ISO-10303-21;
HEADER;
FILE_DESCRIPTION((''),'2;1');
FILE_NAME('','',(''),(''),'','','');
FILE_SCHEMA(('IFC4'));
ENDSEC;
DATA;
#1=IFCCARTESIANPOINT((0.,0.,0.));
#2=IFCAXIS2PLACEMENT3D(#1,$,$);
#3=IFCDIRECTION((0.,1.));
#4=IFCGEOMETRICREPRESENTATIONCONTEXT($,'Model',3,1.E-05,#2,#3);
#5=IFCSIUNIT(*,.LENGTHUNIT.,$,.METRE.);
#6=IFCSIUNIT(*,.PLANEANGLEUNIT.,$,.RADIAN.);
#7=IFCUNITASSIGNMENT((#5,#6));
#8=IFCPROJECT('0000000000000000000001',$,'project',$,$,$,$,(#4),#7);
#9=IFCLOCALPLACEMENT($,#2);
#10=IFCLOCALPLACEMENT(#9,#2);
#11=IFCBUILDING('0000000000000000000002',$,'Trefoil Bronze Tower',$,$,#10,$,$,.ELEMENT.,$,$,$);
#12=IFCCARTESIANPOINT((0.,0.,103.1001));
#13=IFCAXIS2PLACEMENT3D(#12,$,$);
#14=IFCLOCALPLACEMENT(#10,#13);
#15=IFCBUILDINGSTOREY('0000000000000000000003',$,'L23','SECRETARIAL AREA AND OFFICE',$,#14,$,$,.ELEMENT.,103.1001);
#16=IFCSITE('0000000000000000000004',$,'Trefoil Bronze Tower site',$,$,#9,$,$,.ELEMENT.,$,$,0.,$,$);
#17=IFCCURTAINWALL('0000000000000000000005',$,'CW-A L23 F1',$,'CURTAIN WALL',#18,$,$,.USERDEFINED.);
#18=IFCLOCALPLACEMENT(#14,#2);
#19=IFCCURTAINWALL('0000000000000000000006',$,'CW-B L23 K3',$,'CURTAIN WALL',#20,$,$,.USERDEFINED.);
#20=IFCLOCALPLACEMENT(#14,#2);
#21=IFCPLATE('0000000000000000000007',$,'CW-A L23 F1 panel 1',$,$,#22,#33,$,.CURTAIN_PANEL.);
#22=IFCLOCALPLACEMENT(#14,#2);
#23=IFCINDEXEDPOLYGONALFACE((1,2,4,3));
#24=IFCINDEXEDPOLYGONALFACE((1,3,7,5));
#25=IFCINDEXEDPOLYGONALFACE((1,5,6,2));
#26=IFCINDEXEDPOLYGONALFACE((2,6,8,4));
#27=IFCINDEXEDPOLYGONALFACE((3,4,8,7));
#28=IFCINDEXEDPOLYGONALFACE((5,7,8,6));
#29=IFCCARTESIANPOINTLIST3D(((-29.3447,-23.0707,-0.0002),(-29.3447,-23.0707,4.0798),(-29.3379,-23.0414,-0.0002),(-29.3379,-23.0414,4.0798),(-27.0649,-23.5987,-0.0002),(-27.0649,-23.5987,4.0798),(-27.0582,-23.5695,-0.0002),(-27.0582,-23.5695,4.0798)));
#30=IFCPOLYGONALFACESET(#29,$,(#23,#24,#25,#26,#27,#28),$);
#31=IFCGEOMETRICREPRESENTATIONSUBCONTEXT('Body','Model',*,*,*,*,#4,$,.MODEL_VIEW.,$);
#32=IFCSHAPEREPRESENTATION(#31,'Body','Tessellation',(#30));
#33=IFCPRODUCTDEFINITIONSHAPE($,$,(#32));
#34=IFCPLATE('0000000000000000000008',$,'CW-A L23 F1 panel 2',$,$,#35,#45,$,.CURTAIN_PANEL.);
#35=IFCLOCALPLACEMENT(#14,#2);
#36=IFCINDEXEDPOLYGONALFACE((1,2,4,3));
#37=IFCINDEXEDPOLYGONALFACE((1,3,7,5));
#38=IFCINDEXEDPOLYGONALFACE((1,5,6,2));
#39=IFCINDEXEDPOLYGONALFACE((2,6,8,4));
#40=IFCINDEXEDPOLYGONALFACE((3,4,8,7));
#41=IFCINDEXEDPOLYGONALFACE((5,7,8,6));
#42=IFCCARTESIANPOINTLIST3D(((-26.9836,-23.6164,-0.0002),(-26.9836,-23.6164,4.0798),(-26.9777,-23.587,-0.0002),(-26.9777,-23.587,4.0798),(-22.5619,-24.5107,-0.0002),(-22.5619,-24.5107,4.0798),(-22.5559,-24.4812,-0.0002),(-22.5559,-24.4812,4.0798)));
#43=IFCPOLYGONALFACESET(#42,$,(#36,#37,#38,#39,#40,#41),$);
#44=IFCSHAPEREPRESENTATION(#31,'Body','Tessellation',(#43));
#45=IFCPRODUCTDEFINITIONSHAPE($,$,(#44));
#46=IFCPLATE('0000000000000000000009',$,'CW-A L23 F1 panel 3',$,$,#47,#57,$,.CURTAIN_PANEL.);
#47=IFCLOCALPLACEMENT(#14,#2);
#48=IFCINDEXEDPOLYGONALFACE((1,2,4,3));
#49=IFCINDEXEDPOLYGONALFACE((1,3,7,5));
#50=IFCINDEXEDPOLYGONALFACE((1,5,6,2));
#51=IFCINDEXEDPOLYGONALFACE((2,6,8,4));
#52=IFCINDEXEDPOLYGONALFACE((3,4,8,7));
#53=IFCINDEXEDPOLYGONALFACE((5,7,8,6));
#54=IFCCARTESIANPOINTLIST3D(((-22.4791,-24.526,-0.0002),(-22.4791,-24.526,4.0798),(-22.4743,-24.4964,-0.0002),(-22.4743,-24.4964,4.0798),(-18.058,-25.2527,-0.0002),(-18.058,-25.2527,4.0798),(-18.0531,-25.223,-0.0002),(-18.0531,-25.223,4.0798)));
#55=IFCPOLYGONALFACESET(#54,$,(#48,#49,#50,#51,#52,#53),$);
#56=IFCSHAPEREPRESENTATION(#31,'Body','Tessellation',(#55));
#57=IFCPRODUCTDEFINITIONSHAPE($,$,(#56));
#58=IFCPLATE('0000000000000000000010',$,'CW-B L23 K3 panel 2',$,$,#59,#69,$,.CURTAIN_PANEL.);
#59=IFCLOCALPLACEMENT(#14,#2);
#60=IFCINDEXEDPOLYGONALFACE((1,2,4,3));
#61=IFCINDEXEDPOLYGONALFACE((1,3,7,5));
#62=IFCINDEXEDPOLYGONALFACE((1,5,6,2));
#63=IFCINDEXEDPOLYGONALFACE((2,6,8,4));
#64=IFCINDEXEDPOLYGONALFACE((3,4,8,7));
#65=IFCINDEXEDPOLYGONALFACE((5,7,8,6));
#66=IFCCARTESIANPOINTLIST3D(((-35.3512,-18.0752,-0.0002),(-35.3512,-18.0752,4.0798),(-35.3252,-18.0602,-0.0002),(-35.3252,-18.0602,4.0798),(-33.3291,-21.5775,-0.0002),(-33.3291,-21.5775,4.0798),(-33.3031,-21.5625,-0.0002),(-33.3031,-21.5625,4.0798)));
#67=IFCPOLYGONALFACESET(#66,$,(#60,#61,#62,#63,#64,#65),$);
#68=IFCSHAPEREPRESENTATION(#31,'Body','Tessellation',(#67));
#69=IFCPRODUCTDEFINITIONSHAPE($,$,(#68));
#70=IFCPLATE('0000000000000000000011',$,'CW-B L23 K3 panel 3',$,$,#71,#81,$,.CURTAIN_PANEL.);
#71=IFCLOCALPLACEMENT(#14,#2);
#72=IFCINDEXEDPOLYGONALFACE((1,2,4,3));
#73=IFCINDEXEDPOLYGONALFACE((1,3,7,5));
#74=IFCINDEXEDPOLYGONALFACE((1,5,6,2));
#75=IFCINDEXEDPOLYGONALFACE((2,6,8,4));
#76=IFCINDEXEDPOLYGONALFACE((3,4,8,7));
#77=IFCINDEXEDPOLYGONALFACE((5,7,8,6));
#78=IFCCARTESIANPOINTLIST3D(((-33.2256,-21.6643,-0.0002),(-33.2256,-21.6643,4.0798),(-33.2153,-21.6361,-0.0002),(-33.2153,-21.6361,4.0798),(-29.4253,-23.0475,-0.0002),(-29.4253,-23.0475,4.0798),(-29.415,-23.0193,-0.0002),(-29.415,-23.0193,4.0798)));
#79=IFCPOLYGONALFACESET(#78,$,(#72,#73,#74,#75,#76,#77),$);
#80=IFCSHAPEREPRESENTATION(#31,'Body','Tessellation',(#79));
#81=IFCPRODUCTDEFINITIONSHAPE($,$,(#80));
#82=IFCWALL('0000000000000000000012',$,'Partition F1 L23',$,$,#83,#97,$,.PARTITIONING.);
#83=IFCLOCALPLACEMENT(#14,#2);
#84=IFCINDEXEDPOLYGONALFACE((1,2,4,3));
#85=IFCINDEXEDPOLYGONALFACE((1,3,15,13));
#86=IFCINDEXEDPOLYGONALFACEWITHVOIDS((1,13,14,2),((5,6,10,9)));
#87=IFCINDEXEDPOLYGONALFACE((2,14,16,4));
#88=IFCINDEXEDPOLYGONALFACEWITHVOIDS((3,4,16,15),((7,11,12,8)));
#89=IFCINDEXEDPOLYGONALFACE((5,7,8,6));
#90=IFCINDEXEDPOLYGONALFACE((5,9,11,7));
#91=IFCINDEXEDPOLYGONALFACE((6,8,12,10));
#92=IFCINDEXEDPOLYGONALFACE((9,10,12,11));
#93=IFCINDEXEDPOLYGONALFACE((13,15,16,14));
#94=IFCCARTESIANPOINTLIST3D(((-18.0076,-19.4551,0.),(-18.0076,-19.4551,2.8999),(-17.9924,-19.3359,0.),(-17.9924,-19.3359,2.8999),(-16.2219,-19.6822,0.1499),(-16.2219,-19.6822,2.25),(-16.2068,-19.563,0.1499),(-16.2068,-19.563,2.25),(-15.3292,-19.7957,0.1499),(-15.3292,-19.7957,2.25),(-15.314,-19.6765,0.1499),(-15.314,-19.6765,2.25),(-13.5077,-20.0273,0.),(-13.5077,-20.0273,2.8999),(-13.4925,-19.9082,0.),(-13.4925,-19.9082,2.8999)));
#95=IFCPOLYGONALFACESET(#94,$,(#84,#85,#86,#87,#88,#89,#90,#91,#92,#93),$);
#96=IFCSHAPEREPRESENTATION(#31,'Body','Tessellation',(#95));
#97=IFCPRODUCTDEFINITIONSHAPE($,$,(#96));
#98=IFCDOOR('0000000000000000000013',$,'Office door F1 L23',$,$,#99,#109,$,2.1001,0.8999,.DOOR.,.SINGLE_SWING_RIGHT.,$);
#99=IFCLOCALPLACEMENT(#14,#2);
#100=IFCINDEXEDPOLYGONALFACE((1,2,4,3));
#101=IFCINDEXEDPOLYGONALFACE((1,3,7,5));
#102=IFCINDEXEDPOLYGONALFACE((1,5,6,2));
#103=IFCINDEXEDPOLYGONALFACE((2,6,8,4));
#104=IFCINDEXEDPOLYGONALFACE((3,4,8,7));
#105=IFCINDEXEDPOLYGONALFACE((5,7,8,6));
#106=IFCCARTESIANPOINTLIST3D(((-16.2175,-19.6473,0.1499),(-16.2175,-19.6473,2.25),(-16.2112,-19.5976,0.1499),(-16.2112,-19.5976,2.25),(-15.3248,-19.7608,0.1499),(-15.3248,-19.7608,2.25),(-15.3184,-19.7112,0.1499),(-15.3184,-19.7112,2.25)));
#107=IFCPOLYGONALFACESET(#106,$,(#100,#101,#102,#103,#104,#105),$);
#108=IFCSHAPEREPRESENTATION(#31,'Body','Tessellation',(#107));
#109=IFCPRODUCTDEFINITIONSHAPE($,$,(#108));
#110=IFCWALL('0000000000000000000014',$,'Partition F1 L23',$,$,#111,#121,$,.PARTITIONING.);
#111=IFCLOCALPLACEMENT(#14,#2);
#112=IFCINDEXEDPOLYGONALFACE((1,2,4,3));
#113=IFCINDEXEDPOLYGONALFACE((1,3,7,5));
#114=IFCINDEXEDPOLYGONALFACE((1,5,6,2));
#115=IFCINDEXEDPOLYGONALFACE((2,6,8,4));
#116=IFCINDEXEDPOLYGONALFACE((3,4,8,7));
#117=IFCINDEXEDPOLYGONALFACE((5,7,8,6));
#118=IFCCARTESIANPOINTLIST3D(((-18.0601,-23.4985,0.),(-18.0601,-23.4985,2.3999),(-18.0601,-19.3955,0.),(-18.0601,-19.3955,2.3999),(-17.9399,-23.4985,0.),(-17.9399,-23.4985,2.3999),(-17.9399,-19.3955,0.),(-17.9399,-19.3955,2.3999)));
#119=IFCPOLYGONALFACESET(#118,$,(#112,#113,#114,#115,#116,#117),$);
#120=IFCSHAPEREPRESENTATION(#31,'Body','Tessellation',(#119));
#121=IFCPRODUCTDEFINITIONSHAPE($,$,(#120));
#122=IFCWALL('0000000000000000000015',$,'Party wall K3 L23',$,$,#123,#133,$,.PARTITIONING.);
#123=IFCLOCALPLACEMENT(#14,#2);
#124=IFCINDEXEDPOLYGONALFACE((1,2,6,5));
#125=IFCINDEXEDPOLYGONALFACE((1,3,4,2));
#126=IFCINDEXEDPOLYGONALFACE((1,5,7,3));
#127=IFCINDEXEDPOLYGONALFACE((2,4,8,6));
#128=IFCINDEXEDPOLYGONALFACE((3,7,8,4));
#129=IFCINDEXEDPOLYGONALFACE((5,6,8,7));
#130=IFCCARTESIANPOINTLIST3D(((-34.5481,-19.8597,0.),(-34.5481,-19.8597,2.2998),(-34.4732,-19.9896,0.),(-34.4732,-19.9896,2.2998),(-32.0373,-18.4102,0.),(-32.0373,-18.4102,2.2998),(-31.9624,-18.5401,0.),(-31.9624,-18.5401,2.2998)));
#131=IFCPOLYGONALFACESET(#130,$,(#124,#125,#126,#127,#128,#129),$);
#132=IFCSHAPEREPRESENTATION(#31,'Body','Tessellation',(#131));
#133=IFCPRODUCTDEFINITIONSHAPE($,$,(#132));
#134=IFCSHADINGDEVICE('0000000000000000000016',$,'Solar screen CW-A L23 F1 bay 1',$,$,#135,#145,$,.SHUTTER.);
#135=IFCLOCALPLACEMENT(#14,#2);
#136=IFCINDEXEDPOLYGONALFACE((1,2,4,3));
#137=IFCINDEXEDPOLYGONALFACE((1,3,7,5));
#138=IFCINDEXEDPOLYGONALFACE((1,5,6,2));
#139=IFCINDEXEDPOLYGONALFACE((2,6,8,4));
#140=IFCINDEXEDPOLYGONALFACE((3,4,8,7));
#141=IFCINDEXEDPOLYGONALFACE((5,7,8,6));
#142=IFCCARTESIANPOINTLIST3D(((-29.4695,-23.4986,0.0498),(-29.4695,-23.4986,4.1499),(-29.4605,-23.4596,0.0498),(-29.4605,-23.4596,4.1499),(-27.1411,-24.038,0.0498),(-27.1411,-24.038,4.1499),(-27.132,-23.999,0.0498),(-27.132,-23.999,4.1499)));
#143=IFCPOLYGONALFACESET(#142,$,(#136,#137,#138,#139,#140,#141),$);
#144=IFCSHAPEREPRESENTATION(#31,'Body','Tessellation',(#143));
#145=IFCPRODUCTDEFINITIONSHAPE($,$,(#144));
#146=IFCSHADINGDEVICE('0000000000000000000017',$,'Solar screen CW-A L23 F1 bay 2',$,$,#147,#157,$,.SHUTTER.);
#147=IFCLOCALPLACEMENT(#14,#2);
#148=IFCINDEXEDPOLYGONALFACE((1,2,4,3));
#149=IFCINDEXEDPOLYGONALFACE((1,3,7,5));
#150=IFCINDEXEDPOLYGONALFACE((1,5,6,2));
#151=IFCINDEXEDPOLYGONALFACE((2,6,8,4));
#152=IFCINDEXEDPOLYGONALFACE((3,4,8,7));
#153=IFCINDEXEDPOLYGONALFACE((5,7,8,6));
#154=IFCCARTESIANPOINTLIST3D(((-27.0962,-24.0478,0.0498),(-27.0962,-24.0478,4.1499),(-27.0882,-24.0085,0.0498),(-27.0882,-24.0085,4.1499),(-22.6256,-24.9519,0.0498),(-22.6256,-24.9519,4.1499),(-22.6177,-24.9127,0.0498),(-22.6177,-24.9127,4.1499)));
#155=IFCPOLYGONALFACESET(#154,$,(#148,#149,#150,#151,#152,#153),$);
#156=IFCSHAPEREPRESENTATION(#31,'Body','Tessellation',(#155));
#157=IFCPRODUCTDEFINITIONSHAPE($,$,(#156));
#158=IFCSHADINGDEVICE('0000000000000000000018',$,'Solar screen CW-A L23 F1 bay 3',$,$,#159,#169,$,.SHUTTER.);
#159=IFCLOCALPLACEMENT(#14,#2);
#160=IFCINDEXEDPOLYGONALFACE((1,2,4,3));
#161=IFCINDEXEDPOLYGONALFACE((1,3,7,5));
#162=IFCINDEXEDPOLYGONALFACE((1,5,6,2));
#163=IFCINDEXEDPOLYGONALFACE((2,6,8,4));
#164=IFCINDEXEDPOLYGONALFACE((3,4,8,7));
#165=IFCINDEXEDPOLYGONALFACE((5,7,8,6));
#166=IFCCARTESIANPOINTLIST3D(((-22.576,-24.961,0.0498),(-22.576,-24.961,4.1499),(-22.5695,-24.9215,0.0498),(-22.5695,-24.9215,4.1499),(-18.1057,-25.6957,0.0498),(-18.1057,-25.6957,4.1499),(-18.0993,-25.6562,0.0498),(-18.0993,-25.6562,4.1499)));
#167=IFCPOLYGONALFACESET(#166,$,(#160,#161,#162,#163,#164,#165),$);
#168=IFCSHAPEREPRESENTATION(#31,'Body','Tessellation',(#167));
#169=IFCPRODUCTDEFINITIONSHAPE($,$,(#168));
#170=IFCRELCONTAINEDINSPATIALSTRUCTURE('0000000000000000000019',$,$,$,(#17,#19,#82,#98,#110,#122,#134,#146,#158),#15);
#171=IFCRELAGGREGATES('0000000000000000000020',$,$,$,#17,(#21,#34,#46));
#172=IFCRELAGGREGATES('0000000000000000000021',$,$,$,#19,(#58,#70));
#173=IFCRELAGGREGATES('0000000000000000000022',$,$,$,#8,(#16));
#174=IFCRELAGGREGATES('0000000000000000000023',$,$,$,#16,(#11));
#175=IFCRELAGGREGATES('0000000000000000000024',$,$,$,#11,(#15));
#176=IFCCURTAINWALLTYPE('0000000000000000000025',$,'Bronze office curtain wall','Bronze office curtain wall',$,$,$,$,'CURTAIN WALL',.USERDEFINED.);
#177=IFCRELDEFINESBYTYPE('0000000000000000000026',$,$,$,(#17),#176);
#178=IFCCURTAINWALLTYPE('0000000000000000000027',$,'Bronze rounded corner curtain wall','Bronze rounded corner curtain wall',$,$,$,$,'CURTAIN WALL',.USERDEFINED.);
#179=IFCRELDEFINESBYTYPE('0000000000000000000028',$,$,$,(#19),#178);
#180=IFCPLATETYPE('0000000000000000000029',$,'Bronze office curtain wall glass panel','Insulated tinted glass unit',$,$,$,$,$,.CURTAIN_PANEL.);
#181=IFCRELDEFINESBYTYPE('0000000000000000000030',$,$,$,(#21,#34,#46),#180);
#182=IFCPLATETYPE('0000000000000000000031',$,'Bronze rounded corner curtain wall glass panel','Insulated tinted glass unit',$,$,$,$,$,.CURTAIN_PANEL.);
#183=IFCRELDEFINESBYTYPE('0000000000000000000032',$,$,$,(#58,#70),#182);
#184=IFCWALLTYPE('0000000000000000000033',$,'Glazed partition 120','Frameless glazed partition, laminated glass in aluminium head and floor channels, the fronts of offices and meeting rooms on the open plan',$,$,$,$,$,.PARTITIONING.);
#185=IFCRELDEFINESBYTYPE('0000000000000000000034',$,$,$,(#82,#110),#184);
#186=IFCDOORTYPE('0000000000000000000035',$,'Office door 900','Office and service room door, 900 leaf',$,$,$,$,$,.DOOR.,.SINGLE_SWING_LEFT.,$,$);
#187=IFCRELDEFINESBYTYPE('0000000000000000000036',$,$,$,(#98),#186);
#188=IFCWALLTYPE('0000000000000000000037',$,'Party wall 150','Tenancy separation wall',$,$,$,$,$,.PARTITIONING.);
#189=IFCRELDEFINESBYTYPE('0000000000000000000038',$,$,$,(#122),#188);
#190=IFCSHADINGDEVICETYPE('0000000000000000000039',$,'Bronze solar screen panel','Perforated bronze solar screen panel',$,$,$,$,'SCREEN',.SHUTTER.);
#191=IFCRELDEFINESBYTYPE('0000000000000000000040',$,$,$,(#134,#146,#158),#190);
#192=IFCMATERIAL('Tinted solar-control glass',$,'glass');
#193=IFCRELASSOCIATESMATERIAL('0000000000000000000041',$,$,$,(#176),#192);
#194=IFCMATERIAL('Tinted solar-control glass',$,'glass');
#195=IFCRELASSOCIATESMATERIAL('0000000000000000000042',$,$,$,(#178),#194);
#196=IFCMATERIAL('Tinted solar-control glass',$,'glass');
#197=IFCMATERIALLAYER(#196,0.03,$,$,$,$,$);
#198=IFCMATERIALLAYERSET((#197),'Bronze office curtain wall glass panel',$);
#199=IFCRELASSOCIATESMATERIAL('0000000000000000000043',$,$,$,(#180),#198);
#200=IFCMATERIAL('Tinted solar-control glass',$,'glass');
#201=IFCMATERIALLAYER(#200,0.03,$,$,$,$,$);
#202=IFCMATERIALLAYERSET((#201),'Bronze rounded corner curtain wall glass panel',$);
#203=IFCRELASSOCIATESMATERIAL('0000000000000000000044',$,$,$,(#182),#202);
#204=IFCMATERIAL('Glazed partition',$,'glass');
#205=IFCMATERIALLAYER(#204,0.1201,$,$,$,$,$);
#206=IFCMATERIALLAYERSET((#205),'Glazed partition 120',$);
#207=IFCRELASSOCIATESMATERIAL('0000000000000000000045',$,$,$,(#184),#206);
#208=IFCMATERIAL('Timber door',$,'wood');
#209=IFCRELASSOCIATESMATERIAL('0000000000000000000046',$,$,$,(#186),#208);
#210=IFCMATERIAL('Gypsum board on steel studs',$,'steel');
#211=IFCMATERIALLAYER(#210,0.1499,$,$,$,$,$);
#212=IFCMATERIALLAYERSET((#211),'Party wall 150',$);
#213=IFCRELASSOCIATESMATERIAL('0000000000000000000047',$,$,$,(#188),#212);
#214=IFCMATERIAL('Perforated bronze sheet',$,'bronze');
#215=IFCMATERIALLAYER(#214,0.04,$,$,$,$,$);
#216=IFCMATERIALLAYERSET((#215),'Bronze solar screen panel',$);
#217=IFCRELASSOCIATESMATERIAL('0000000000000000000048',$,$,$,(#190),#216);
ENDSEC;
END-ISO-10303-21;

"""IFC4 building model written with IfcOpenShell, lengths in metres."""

from ifc_helpers import new_model, si_unit, direction, frame, frame_2d, origin, origin_2d, place, context, subcontext, project, spatial, rectangle, extrude, material, layer, layer_set, type_object, element, fill, aggregate, save


model = new_model("IFC4")

# Units and contexts
model_context = context("Model", 3, precision=1e-05, world=origin(), true_north=direction((0.0, 1.0)))
body_context = subcontext(model_context, "Body", "Model", "MODEL_VIEW")
ifc_project = project(units=[si_unit("LENGTHUNIT", "METRE"), si_unit("PLANEANGLEUNIT", "RADIAN")], contexts=[model_context])

# Site, building, storey
site_placement = place(None, origin())
site = spatial("IfcSite", under=ifc_project, at=site_placement, Name="Trefoil Bronze Tower site", CompositionType="ELEMENT", RefElevation=0.0)
building_placement = place(site_placement, origin())
building = spatial("IfcBuilding", under=site, at=building_placement, Name="Trefoil Bronze Tower", CompositionType="ELEMENT")
storey_placement = place(building_placement, frame((0.0, 0.0, 103.1001)))
storey = spatial("IfcBuildingStorey", under=building, at=storey_placement, Name="L23", Description="SECRETARIAL AREA AND OFFICE", CompositionType="ELEMENT", Elevation=103.1001)

# Curtain walls
ifc_material_1 = material(Name="Tinted solar-control glass", Category="glass")
curtain_wall_type_1 = type_object("IfcCurtainWallType", Name="Bronze office curtain wall", Description="Bronze office curtain wall", ElementType="CURTAIN WALL", PredefinedType="USERDEFINED", material=ifc_material_1)
curtain_wall_1_placement = place(storey_placement, origin())
curtain_wall_1 = element("IfcCurtainWall", 1, at=curtain_wall_1_placement, inside=storey, type_object=curtain_wall_type_1, Name="CW-A L23 F1", ObjectType="CURTAIN WALL", PredefinedType="USERDEFINED")
ifc_material_2 = material(Name="Tinted solar-control glass", Category="glass")
curtain_wall_type_2 = type_object("IfcCurtainWallType", Name="Bronze rounded corner curtain wall", Description="Bronze rounded corner curtain wall", ElementType="CURTAIN WALL", PredefinedType="USERDEFINED", material=ifc_material_2)
curtain_wall_2_placement = place(storey_placement, origin())
curtain_wall_2 = element("IfcCurtainWall", 2, at=curtain_wall_2_placement, inside=storey, type_object=curtain_wall_type_2, Name="CW-B L23 K3", ObjectType="CURTAIN WALL", PredefinedType="USERDEFINED")

# Plates
ifc_material_3 = material(Name="Tinted solar-control glass", Category="glass")
ifc_layer_1 = layer(ifc_material_3, 0.03)
ifc_layer_set_1 = layer_set([ifc_layer_1], Name="Bronze office curtain wall glass panel")
plate_type_1 = type_object("IfcPlateType", Name="Bronze office curtain wall glass panel", Description="Insulated tinted glass unit", PredefinedType="CURTAIN_PANEL", material=ifc_layer_set_1)
plate_1_placement = place(storey_placement, frame((-28.2014, -23.3201, -0.0002), z_axis=(0.0, 0.0, 1.0), x_axis=(0.974204, -0.225667, 0.0)))
plate_1 = element("IfcPlate", 3, at=plate_1_placement, type_object=plate_type_1, Name="CW-A L23 F1 panel 1", PredefinedType="CURTAIN_PANEL", context=body_context, shape_type="SweptSolid", body=[
    extrude(rectangle(XDim=2.3401, YDim=0.03, at=origin_2d()), origin(), (0.0, 0.0, 1.0), 4.0801),
])
plate_2_placement = place(storey_placement, frame((-24.7698, -24.0488, -0.0002), z_axis=(0.0, 0.0, 1.0), x_axis=(0.980155, -0.198232, 0.0)))
plate_2 = element("IfcPlate", 4, at=plate_2_placement, type_object=plate_type_1, Name="CW-A L23 F1 panel 2", PredefinedType="CURTAIN_PANEL", context=body_context, shape_type="SweptSolid", body=[
    extrude(rectangle(XDim=4.5112, YDim=0.03, at=origin_2d()), origin(), (0.0, 0.0, 1.0), 4.0801),
])
plate_3_placement = place(storey_placement, frame((-20.2661, -24.8745, -0.0002), z_axis=(0.0, 0.0, 1.0), x_axis=(0.98676, -0.162189, 0.0)))
plate_3 = element("IfcPlate", 5, at=plate_3_placement, type_object=plate_type_1, Name="CW-A L23 F1 panel 3", PredefinedType="CURTAIN_PANEL", context=body_context, shape_type="SweptSolid", body=[
    extrude(rectangle(XDim=4.4805, YDim=0.03, at=origin_2d()), origin(), (0.0, 0.0, 1.0), 4.0801),
])
aggregate(curtain_wall_1, [plate_1, plate_2, plate_3])
ifc_material_4 = material(Name="Tinted solar-control glass", Category="glass")
ifc_layer_2 = layer(ifc_material_4, 0.03)
ifc_layer_set_2 = layer_set([ifc_layer_2], Name="Bronze rounded corner curtain wall glass panel")
plate_type_2 = type_object("IfcPlateType", Name="Bronze rounded corner curtain wall glass panel", Description="Insulated tinted glass unit", PredefinedType="CURTAIN_PANEL", material=ifc_layer_set_2)
plate_4_placement = place(storey_placement, frame((-34.3271, -19.8188, -0.0002), z_axis=(0.0, 0.0, 1.0), x_axis=(0.5, -0.866025, 0.0)))
plate_4 = element("IfcPlate", 6, at=plate_4_placement, type_object=plate_type_2, Name="CW-B L23 K3 panel 2", PredefinedType="CURTAIN_PANEL", context=body_context, shape_type="SweptSolid", body=[
    extrude(rectangle(XDim=4.0442, YDim=0.03, at=origin_2d()), origin(), (0.0, 0.0, 1.0), 4.0801),
])
plate_5_placement = place(storey_placement, frame((-31.3203, -22.3418, -0.0002), z_axis=(0.0, 0.0, 1.0), x_axis=(0.939693, -0.34202, 0.0)))
plate_5 = element("IfcPlate", 7, at=plate_5_placement, type_object=plate_type_2, Name="CW-B L23 K3 panel 3", PredefinedType="CURTAIN_PANEL", context=body_context, shape_type="SweptSolid", body=[
    extrude(rectangle(XDim=4.0442, YDim=0.03, at=origin_2d()), origin(), (0.0, 0.0, 1.0), 4.0801),
])
aggregate(curtain_wall_2, [plate_4, plate_5])

# Wall, opening, door
ifc_material_5 = material(Name="Glazed partition", Category="glass")
ifc_layer_3 = layer(ifc_material_5, 0.1201)
ifc_layer_set_3 = layer_set([ifc_layer_3], Name="Glazed partition 120")
wall_type_1 = type_object("IfcWallType", Name="Glazed partition 120", Description="Frameless glazed partition, laminated glass in aluminium head and floor channels, the fronts of offices and meeting rooms on the open plan", PredefinedType="PARTITIONING", material=ifc_layer_set_3)
wall_1_placement = place(storey_placement, frame((-18.0, -19.3955, 0.0), z_axis=(0.0, 0.0, 1.0), x_axis=(0.992011, -0.126154, 0.0)))
wall_1 = element("IfcWall", 8, at=wall_1_placement, inside=storey, type_object=wall_type_1, Name="Partition F1 L23", PredefinedType="PARTITIONING", context=body_context, shape_type="SweptSolid", body=[
    extrude(rectangle(XDim=4.5361, YDim=0.1201, at=frame_2d((2.2681, 0.0))), origin(), (0.0, 0.0, 1.0), 2.8999),
])
opening_placement = place(wall_1_placement, frame((1.8, 0.0, 0.1499)))
opening = element("IfcOpeningElement", 9, at=opening_placement, cuts=wall_1, PredefinedType="OPENING", context=body_context, shape_type="SweptSolid", body=[
    extrude(rectangle(XDim=0.8999, YDim=2.1001, at=frame_2d((0.45, 1.05))), frame((0.0, 0.0701, 0.0), z_axis=(0.0, -1.0, 0.0), x_axis=(1.0, 0.0, 0.0)), (0.0, 0.0, 1.0), 0.1401),
])
ifc_material_6 = material(Name="Timber door", Category="wood")
door_type = type_object("IfcDoorType", Name="Office door 900", Description="Office and service room door, 900 leaf", OperationType="SINGLE_SWING_LEFT", PredefinedType="DOOR", material=ifc_material_6)
door_placement = place(opening_placement, frame((0.8999, 0.0, 0.0), z_axis=(0.0, 0.0, 1.0), x_axis=(-1.0, 0.0, 0.0)))
door = element("IfcDoor", 10, at=door_placement, inside=storey, type_object=door_type, Name="Office door F1 L23", OperationType="SINGLE_SWING_RIGHT", OverallHeight=2.1001, OverallWidth=0.8999, PredefinedType="DOOR", context=body_context, shape_type="SweptSolid", body=[
    extrude(rectangle(XDim=0.8999, YDim=2.1001, at=frame_2d((0.45, 1.05))), frame((0.0, 0.0249, 0.0), z_axis=(0.0, -1.0, 0.0), x_axis=(1.0, 0.0, 0.0)), (0.0, 0.0, 1.0), 0.05),
])
fill(opening, door)

# Walls
wall_2_placement = place(storey_placement, frame((-18.0, -19.3955, 0.0), z_axis=(0.0, 0.0, 1.0), x_axis=(0.0, -1.0, 0.0)))
element("IfcWall", 11, at=wall_2_placement, inside=storey, type_object=wall_type_1, Name="Partition F1 L23", PredefinedType="PARTITIONING", context=body_context, shape_type="SweptSolid", body=[
    extrude(rectangle(XDim=4.103, YDim=0.1201, at=frame_2d((2.0515, 0.0))), origin(), (0.0, 0.0, 1.0), 2.3999),
])
ifc_material_7 = material(Name="Gypsum board on steel studs", Category="steel")
ifc_layer_4 = layer(ifc_material_7, 0.1499)
ifc_layer_set_4 = layer_set([ifc_layer_4], Name="Party wall 150")
wall_type_2 = type_object("IfcWallType", Name="Party wall 150", Description="Tenancy separation wall", PredefinedType="PARTITIONING", material=ifc_layer_set_4)
wall_3_placement = place(storey_placement, frame((-31.9998, -18.4751, 0.0), z_axis=(0.0, 0.0, 1.0), x_axis=(-0.866043, -0.49997, 0.0)))
element("IfcWall", 12, at=wall_3_placement, inside=storey, type_object=wall_type_2, Name="Party wall K3 L23", PredefinedType="PARTITIONING", context=body_context, shape_type="SweptSolid", body=[
    extrude(rectangle(XDim=2.8992, YDim=0.1499, at=frame_2d((1.4497, 0.0))), origin(), (0.0, 0.0, 1.0), 2.2998),
])

# Shading devices
ifc_material_8 = material(Name="Perforated bronze sheet", Category="bronze")
ifc_layer_5 = layer(ifc_material_8, 0.04)
ifc_layer_set_5 = layer_set([ifc_layer_5], Name="Bronze solar screen panel")
shading_device_type = type_object("IfcShadingDeviceType", Name="Bronze solar screen panel", Description="Perforated bronze solar screen panel", ElementType="SCREEN", PredefinedType="SHUTTER", material=ifc_layer_set_5)
shading_device_1_placement = place(storey_placement, frame((-28.3008, -23.7488, 0.0498), z_axis=(0.0, 0.0, 1.0), x_axis=(0.974204, -0.225667, 0.0)))
element("IfcShadingDevice", 13, at=shading_device_1_placement, inside=storey, type_object=shading_device_type, Name="Solar screen CW-A L23 F1 bay 1", PredefinedType="SHUTTER", context=body_context, shape_type="SweptSolid", body=[
    extrude(rectangle(XDim=2.3901, YDim=0.04, at=origin_2d()), origin(), (0.0, 0.0, 1.0), 4.1001),
])
shading_device_2_placement = place(storey_placement, frame((-24.8569, -24.4802, 0.0498), z_axis=(0.0, 0.0, 1.0), x_axis=(0.980155, -0.198232, 0.0)))
element("IfcShadingDevice", 14, at=shading_device_2_placement, inside=storey, type_object=shading_device_type, Name="Solar screen CW-A L23 F1 bay 2", PredefinedType="SHUTTER", context=body_context, shape_type="SweptSolid", body=[
    extrude(rectangle(XDim=4.561, YDim=0.04, at=origin_2d()), origin(), (0.0, 0.0, 1.0), 4.1001),
])
shading_device_3_placement = place(storey_placement, frame((-20.3376, -25.3086, 0.0498), z_axis=(0.0, 0.0, 1.0), x_axis=(0.98676, -0.162189, 0.0)))
element("IfcShadingDevice", 15, at=shading_device_3_placement, inside=storey, type_object=shading_device_type, Name="Solar screen CW-A L23 F1 bay 3", PredefinedType="SHUTTER", context=body_context, shape_type="SweptSolid", body=[
    extrude(rectangle(XDim=4.5303, YDim=0.04, at=origin_2d()), origin(), (0.0, 0.0, 1.0), 4.1001),
])

save(model, "model.ifc")
